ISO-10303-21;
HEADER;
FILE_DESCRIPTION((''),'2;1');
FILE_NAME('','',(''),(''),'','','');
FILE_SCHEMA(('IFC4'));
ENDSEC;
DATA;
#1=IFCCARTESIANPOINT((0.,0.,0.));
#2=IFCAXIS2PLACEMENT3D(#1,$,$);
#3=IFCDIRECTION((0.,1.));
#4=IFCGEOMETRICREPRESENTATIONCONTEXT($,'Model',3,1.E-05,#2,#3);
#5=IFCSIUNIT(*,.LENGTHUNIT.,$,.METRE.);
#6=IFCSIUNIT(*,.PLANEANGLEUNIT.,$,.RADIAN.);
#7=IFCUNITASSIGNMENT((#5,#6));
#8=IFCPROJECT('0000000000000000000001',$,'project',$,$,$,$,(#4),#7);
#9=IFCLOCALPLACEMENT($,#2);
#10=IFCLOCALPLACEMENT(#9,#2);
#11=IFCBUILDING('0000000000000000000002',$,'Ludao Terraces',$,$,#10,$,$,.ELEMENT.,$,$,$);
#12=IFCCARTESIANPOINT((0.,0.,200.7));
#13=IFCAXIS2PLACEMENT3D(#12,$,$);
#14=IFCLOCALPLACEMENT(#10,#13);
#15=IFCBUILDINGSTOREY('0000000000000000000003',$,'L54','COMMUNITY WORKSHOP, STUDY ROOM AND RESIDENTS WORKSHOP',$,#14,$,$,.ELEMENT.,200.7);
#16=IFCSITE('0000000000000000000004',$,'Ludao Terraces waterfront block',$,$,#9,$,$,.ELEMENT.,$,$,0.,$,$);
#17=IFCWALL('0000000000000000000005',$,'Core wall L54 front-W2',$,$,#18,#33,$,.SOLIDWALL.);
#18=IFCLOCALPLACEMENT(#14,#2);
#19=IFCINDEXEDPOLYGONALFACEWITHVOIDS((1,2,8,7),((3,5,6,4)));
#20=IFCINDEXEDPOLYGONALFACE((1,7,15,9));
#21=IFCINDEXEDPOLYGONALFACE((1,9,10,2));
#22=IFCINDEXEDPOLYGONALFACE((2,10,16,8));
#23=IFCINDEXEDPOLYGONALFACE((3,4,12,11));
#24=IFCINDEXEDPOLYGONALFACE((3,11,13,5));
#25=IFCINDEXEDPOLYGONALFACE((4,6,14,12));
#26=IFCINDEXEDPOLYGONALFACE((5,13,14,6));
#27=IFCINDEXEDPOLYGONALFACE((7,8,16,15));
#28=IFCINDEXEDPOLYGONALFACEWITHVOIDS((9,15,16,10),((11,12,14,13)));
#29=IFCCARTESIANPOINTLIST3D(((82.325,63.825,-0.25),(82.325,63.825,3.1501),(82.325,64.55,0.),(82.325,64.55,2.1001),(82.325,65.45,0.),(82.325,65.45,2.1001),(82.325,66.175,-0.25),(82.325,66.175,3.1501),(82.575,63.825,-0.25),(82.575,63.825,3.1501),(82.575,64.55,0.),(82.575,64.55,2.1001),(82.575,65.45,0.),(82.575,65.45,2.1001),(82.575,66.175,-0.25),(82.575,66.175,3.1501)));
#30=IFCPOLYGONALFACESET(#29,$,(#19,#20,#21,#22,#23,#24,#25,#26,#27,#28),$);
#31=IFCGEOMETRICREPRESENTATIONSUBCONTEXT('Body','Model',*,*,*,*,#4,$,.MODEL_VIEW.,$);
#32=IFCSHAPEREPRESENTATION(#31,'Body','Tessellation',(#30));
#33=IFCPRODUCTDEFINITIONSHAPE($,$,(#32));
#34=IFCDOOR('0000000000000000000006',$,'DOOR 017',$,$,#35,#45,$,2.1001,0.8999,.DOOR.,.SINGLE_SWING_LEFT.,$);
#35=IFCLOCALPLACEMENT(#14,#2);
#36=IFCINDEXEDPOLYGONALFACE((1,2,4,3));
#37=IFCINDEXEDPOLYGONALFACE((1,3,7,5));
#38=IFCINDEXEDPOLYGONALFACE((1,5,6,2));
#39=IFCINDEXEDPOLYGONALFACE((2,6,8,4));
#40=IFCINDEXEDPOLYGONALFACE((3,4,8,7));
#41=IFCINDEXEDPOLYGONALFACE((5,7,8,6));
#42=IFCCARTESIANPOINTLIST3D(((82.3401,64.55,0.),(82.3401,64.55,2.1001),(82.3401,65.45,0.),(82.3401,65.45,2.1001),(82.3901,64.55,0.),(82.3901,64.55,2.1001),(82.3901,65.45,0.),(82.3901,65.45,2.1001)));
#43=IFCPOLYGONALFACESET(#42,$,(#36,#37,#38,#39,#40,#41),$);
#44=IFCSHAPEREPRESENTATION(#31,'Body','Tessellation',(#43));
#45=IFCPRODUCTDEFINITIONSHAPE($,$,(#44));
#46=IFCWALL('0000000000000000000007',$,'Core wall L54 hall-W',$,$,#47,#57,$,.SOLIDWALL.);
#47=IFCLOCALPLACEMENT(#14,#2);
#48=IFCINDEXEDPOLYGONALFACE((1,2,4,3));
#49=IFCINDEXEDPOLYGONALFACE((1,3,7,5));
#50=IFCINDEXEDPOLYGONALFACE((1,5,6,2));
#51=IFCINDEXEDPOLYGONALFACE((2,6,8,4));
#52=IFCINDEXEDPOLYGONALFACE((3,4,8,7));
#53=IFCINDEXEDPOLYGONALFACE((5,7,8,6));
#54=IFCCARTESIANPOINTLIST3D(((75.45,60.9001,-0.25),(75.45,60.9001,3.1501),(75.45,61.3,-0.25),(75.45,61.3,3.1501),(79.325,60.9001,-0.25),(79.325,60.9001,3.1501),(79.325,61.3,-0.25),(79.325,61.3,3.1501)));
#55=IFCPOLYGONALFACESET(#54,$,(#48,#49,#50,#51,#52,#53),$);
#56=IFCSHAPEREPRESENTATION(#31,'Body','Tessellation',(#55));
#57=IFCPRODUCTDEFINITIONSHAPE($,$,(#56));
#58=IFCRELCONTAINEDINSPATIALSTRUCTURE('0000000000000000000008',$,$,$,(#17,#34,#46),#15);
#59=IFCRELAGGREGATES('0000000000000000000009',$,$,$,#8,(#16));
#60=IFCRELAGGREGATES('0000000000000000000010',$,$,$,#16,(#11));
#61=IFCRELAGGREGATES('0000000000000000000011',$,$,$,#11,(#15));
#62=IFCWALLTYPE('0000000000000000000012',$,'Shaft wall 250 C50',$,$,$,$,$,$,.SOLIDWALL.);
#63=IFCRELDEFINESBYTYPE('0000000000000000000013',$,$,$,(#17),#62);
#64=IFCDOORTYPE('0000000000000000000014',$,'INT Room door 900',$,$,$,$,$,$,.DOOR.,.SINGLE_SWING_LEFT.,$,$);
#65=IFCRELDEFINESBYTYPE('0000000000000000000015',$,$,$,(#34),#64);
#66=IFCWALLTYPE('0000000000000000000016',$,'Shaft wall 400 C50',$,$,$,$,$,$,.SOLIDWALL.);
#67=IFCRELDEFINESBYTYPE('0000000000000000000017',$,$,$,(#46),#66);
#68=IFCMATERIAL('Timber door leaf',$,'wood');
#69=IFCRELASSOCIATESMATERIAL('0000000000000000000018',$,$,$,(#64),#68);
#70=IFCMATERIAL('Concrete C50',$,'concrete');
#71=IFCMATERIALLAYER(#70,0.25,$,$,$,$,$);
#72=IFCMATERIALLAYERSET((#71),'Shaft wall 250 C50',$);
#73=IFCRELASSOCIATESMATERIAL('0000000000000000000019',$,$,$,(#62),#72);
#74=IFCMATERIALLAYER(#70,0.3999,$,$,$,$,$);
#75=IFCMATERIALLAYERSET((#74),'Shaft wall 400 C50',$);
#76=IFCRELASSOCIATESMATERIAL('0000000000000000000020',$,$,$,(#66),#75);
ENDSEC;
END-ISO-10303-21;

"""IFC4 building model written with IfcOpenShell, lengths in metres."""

from ifc_helpers import new_model, si_unit, direction, frame, frame_2d, origin, place, context, subcontext, project, spatial, rectangle, extrude, material, layer, layer_set, type_object, element, fill, save


model = new_model("IFC4")

# Units and contexts
model_context = context("Model", 3, precision=1e-05, world=origin(), true_north=direction((0.0, 1.0)))
body_context = subcontext(model_context, "Body", "Model", "MODEL_VIEW")
ifc_project = project(units=[si_unit("LENGTHUNIT", "METRE"), si_unit("PLANEANGLEUNIT", "RADIAN")], contexts=[model_context])

# Site, building, storey
site_placement = place(None, origin())
site = spatial("IfcSite", under=ifc_project, at=site_placement, Name="Ludao Terraces waterfront block", CompositionType="ELEMENT", RefElevation=0.0)
building_placement = place(site_placement, origin())
building = spatial("IfcBuilding", under=site, at=building_placement, Name="Ludao Terraces", CompositionType="ELEMENT")
storey_placement = place(building_placement, frame((0.0, 0.0, 200.7)))
storey = spatial("IfcBuildingStorey", under=building, at=storey_placement, Name="L54", Description="COMMUNITY WORKSHOP, STUDY ROOM AND RESIDENTS WORKSHOP", CompositionType="ELEMENT", Elevation=200.7)

# Shared definitions
ifc_material_1 = material(Name="Concrete C50", Category="concrete")

# Shared definitions
ifc_material_2 = material(Name="Timber door leaf", Category="wood")
door_type_1 = type_object("IfcDoorType", Name="INT Room door 900", OperationType="SINGLE_SWING_LEFT", PredefinedType="DOOR", material=ifc_material_2)

# Shared definitions
ifc_layer_1 = layer(ifc_material_1, 0.25)
ifc_layer_set_1 = layer_set([ifc_layer_1], Name="Shaft wall 250 C50")
wall_type_1 = type_object("IfcWallType", Name="Shaft wall 250 C50", PredefinedType="SOLIDWALL", material=ifc_layer_set_1)

# Wall, opening, door
wall_1_placement = place(storey_placement, frame((82.45, 63.825, -0.25), z_axis=(0.0, 0.0, 1.0), x_axis=(0.0, 1.0, 0.0)))
wall_1 = element("IfcWall", 1, at=wall_1_placement, inside=storey, type_object=wall_type_1, Name="Core wall L54 front-W2", PredefinedType="SOLIDWALL", context=body_context, shape_type="SweptSolid", body=[
    extrude(rectangle(XDim=2.3501, YDim=0.25, at=frame_2d((1.175, 0.0))), origin(), (0.0, 0.0, 1.0), 3.4001),
])
opening_1_placement = place(wall_1_placement, frame((0.7251, 0.0, 0.25)))
opening_1 = element("IfcOpeningElement", 2, at=opening_1_placement, cuts=wall_1, PredefinedType="OPENING", context=body_context, shape_type="SweptSolid", body=[
    extrude(rectangle(XDim=0.8999, YDim=2.1001, at=frame_2d((0.45, 1.05))), frame((0.0, 0.135, 0.0), z_axis=(0.0, -1.0, 0.0), x_axis=(1.0, 0.0, 0.0)), (0.0, 0.0, 1.0), 0.27),
])
door_1_placement = place(opening_1_placement, origin())
door_1 = element("IfcDoor", 3, at=door_1_placement, inside=storey, type_object=door_type_1, Name="DOOR 017", OperationType="SINGLE_SWING_LEFT", OverallHeight=2.1001, OverallWidth=0.8999, PredefinedType="DOOR", context=body_context, shape_type="SweptSolid", body=[
    extrude(rectangle(XDim=0.8999, YDim=2.1001, at=frame_2d((0.45, 1.05))), frame((0.0, 0.1099, 0.0), z_axis=(0.0, -1.0, 0.0), x_axis=(1.0, 0.0, 0.0)), (0.0, 0.0, 1.0), 0.05),
])
fill(opening_1, door_1)

# Wall
ifc_layer_2 = layer(ifc_material_1, 0.3999)
ifc_layer_set_2 = layer_set([ifc_layer_2], Name="Shaft wall 400 C50")
wall_type_2 = type_object("IfcWallType", Name="Shaft wall 400 C50", PredefinedType="SOLIDWALL", material=ifc_layer_set_2)
wall_2_placement = place(storey_placement, frame((75.45, 61.1001, -0.25), z_axis=(0.0, 0.0, 1.0), x_axis=(1.0, 0.0, 0.0)))
element("IfcWall", 4, at=wall_2_placement, inside=storey, type_object=wall_type_2, Name="Core wall L54 hall-W", PredefinedType="SOLIDWALL", context=body_context, shape_type="SweptSolid", body=[
    extrude(rectangle(XDim=3.875, YDim=0.3999, at=frame_2d((1.9375, 0.0))), origin(), (0.0, 0.0, 1.0), 3.4001),
])

save(model, "model.ifc")
